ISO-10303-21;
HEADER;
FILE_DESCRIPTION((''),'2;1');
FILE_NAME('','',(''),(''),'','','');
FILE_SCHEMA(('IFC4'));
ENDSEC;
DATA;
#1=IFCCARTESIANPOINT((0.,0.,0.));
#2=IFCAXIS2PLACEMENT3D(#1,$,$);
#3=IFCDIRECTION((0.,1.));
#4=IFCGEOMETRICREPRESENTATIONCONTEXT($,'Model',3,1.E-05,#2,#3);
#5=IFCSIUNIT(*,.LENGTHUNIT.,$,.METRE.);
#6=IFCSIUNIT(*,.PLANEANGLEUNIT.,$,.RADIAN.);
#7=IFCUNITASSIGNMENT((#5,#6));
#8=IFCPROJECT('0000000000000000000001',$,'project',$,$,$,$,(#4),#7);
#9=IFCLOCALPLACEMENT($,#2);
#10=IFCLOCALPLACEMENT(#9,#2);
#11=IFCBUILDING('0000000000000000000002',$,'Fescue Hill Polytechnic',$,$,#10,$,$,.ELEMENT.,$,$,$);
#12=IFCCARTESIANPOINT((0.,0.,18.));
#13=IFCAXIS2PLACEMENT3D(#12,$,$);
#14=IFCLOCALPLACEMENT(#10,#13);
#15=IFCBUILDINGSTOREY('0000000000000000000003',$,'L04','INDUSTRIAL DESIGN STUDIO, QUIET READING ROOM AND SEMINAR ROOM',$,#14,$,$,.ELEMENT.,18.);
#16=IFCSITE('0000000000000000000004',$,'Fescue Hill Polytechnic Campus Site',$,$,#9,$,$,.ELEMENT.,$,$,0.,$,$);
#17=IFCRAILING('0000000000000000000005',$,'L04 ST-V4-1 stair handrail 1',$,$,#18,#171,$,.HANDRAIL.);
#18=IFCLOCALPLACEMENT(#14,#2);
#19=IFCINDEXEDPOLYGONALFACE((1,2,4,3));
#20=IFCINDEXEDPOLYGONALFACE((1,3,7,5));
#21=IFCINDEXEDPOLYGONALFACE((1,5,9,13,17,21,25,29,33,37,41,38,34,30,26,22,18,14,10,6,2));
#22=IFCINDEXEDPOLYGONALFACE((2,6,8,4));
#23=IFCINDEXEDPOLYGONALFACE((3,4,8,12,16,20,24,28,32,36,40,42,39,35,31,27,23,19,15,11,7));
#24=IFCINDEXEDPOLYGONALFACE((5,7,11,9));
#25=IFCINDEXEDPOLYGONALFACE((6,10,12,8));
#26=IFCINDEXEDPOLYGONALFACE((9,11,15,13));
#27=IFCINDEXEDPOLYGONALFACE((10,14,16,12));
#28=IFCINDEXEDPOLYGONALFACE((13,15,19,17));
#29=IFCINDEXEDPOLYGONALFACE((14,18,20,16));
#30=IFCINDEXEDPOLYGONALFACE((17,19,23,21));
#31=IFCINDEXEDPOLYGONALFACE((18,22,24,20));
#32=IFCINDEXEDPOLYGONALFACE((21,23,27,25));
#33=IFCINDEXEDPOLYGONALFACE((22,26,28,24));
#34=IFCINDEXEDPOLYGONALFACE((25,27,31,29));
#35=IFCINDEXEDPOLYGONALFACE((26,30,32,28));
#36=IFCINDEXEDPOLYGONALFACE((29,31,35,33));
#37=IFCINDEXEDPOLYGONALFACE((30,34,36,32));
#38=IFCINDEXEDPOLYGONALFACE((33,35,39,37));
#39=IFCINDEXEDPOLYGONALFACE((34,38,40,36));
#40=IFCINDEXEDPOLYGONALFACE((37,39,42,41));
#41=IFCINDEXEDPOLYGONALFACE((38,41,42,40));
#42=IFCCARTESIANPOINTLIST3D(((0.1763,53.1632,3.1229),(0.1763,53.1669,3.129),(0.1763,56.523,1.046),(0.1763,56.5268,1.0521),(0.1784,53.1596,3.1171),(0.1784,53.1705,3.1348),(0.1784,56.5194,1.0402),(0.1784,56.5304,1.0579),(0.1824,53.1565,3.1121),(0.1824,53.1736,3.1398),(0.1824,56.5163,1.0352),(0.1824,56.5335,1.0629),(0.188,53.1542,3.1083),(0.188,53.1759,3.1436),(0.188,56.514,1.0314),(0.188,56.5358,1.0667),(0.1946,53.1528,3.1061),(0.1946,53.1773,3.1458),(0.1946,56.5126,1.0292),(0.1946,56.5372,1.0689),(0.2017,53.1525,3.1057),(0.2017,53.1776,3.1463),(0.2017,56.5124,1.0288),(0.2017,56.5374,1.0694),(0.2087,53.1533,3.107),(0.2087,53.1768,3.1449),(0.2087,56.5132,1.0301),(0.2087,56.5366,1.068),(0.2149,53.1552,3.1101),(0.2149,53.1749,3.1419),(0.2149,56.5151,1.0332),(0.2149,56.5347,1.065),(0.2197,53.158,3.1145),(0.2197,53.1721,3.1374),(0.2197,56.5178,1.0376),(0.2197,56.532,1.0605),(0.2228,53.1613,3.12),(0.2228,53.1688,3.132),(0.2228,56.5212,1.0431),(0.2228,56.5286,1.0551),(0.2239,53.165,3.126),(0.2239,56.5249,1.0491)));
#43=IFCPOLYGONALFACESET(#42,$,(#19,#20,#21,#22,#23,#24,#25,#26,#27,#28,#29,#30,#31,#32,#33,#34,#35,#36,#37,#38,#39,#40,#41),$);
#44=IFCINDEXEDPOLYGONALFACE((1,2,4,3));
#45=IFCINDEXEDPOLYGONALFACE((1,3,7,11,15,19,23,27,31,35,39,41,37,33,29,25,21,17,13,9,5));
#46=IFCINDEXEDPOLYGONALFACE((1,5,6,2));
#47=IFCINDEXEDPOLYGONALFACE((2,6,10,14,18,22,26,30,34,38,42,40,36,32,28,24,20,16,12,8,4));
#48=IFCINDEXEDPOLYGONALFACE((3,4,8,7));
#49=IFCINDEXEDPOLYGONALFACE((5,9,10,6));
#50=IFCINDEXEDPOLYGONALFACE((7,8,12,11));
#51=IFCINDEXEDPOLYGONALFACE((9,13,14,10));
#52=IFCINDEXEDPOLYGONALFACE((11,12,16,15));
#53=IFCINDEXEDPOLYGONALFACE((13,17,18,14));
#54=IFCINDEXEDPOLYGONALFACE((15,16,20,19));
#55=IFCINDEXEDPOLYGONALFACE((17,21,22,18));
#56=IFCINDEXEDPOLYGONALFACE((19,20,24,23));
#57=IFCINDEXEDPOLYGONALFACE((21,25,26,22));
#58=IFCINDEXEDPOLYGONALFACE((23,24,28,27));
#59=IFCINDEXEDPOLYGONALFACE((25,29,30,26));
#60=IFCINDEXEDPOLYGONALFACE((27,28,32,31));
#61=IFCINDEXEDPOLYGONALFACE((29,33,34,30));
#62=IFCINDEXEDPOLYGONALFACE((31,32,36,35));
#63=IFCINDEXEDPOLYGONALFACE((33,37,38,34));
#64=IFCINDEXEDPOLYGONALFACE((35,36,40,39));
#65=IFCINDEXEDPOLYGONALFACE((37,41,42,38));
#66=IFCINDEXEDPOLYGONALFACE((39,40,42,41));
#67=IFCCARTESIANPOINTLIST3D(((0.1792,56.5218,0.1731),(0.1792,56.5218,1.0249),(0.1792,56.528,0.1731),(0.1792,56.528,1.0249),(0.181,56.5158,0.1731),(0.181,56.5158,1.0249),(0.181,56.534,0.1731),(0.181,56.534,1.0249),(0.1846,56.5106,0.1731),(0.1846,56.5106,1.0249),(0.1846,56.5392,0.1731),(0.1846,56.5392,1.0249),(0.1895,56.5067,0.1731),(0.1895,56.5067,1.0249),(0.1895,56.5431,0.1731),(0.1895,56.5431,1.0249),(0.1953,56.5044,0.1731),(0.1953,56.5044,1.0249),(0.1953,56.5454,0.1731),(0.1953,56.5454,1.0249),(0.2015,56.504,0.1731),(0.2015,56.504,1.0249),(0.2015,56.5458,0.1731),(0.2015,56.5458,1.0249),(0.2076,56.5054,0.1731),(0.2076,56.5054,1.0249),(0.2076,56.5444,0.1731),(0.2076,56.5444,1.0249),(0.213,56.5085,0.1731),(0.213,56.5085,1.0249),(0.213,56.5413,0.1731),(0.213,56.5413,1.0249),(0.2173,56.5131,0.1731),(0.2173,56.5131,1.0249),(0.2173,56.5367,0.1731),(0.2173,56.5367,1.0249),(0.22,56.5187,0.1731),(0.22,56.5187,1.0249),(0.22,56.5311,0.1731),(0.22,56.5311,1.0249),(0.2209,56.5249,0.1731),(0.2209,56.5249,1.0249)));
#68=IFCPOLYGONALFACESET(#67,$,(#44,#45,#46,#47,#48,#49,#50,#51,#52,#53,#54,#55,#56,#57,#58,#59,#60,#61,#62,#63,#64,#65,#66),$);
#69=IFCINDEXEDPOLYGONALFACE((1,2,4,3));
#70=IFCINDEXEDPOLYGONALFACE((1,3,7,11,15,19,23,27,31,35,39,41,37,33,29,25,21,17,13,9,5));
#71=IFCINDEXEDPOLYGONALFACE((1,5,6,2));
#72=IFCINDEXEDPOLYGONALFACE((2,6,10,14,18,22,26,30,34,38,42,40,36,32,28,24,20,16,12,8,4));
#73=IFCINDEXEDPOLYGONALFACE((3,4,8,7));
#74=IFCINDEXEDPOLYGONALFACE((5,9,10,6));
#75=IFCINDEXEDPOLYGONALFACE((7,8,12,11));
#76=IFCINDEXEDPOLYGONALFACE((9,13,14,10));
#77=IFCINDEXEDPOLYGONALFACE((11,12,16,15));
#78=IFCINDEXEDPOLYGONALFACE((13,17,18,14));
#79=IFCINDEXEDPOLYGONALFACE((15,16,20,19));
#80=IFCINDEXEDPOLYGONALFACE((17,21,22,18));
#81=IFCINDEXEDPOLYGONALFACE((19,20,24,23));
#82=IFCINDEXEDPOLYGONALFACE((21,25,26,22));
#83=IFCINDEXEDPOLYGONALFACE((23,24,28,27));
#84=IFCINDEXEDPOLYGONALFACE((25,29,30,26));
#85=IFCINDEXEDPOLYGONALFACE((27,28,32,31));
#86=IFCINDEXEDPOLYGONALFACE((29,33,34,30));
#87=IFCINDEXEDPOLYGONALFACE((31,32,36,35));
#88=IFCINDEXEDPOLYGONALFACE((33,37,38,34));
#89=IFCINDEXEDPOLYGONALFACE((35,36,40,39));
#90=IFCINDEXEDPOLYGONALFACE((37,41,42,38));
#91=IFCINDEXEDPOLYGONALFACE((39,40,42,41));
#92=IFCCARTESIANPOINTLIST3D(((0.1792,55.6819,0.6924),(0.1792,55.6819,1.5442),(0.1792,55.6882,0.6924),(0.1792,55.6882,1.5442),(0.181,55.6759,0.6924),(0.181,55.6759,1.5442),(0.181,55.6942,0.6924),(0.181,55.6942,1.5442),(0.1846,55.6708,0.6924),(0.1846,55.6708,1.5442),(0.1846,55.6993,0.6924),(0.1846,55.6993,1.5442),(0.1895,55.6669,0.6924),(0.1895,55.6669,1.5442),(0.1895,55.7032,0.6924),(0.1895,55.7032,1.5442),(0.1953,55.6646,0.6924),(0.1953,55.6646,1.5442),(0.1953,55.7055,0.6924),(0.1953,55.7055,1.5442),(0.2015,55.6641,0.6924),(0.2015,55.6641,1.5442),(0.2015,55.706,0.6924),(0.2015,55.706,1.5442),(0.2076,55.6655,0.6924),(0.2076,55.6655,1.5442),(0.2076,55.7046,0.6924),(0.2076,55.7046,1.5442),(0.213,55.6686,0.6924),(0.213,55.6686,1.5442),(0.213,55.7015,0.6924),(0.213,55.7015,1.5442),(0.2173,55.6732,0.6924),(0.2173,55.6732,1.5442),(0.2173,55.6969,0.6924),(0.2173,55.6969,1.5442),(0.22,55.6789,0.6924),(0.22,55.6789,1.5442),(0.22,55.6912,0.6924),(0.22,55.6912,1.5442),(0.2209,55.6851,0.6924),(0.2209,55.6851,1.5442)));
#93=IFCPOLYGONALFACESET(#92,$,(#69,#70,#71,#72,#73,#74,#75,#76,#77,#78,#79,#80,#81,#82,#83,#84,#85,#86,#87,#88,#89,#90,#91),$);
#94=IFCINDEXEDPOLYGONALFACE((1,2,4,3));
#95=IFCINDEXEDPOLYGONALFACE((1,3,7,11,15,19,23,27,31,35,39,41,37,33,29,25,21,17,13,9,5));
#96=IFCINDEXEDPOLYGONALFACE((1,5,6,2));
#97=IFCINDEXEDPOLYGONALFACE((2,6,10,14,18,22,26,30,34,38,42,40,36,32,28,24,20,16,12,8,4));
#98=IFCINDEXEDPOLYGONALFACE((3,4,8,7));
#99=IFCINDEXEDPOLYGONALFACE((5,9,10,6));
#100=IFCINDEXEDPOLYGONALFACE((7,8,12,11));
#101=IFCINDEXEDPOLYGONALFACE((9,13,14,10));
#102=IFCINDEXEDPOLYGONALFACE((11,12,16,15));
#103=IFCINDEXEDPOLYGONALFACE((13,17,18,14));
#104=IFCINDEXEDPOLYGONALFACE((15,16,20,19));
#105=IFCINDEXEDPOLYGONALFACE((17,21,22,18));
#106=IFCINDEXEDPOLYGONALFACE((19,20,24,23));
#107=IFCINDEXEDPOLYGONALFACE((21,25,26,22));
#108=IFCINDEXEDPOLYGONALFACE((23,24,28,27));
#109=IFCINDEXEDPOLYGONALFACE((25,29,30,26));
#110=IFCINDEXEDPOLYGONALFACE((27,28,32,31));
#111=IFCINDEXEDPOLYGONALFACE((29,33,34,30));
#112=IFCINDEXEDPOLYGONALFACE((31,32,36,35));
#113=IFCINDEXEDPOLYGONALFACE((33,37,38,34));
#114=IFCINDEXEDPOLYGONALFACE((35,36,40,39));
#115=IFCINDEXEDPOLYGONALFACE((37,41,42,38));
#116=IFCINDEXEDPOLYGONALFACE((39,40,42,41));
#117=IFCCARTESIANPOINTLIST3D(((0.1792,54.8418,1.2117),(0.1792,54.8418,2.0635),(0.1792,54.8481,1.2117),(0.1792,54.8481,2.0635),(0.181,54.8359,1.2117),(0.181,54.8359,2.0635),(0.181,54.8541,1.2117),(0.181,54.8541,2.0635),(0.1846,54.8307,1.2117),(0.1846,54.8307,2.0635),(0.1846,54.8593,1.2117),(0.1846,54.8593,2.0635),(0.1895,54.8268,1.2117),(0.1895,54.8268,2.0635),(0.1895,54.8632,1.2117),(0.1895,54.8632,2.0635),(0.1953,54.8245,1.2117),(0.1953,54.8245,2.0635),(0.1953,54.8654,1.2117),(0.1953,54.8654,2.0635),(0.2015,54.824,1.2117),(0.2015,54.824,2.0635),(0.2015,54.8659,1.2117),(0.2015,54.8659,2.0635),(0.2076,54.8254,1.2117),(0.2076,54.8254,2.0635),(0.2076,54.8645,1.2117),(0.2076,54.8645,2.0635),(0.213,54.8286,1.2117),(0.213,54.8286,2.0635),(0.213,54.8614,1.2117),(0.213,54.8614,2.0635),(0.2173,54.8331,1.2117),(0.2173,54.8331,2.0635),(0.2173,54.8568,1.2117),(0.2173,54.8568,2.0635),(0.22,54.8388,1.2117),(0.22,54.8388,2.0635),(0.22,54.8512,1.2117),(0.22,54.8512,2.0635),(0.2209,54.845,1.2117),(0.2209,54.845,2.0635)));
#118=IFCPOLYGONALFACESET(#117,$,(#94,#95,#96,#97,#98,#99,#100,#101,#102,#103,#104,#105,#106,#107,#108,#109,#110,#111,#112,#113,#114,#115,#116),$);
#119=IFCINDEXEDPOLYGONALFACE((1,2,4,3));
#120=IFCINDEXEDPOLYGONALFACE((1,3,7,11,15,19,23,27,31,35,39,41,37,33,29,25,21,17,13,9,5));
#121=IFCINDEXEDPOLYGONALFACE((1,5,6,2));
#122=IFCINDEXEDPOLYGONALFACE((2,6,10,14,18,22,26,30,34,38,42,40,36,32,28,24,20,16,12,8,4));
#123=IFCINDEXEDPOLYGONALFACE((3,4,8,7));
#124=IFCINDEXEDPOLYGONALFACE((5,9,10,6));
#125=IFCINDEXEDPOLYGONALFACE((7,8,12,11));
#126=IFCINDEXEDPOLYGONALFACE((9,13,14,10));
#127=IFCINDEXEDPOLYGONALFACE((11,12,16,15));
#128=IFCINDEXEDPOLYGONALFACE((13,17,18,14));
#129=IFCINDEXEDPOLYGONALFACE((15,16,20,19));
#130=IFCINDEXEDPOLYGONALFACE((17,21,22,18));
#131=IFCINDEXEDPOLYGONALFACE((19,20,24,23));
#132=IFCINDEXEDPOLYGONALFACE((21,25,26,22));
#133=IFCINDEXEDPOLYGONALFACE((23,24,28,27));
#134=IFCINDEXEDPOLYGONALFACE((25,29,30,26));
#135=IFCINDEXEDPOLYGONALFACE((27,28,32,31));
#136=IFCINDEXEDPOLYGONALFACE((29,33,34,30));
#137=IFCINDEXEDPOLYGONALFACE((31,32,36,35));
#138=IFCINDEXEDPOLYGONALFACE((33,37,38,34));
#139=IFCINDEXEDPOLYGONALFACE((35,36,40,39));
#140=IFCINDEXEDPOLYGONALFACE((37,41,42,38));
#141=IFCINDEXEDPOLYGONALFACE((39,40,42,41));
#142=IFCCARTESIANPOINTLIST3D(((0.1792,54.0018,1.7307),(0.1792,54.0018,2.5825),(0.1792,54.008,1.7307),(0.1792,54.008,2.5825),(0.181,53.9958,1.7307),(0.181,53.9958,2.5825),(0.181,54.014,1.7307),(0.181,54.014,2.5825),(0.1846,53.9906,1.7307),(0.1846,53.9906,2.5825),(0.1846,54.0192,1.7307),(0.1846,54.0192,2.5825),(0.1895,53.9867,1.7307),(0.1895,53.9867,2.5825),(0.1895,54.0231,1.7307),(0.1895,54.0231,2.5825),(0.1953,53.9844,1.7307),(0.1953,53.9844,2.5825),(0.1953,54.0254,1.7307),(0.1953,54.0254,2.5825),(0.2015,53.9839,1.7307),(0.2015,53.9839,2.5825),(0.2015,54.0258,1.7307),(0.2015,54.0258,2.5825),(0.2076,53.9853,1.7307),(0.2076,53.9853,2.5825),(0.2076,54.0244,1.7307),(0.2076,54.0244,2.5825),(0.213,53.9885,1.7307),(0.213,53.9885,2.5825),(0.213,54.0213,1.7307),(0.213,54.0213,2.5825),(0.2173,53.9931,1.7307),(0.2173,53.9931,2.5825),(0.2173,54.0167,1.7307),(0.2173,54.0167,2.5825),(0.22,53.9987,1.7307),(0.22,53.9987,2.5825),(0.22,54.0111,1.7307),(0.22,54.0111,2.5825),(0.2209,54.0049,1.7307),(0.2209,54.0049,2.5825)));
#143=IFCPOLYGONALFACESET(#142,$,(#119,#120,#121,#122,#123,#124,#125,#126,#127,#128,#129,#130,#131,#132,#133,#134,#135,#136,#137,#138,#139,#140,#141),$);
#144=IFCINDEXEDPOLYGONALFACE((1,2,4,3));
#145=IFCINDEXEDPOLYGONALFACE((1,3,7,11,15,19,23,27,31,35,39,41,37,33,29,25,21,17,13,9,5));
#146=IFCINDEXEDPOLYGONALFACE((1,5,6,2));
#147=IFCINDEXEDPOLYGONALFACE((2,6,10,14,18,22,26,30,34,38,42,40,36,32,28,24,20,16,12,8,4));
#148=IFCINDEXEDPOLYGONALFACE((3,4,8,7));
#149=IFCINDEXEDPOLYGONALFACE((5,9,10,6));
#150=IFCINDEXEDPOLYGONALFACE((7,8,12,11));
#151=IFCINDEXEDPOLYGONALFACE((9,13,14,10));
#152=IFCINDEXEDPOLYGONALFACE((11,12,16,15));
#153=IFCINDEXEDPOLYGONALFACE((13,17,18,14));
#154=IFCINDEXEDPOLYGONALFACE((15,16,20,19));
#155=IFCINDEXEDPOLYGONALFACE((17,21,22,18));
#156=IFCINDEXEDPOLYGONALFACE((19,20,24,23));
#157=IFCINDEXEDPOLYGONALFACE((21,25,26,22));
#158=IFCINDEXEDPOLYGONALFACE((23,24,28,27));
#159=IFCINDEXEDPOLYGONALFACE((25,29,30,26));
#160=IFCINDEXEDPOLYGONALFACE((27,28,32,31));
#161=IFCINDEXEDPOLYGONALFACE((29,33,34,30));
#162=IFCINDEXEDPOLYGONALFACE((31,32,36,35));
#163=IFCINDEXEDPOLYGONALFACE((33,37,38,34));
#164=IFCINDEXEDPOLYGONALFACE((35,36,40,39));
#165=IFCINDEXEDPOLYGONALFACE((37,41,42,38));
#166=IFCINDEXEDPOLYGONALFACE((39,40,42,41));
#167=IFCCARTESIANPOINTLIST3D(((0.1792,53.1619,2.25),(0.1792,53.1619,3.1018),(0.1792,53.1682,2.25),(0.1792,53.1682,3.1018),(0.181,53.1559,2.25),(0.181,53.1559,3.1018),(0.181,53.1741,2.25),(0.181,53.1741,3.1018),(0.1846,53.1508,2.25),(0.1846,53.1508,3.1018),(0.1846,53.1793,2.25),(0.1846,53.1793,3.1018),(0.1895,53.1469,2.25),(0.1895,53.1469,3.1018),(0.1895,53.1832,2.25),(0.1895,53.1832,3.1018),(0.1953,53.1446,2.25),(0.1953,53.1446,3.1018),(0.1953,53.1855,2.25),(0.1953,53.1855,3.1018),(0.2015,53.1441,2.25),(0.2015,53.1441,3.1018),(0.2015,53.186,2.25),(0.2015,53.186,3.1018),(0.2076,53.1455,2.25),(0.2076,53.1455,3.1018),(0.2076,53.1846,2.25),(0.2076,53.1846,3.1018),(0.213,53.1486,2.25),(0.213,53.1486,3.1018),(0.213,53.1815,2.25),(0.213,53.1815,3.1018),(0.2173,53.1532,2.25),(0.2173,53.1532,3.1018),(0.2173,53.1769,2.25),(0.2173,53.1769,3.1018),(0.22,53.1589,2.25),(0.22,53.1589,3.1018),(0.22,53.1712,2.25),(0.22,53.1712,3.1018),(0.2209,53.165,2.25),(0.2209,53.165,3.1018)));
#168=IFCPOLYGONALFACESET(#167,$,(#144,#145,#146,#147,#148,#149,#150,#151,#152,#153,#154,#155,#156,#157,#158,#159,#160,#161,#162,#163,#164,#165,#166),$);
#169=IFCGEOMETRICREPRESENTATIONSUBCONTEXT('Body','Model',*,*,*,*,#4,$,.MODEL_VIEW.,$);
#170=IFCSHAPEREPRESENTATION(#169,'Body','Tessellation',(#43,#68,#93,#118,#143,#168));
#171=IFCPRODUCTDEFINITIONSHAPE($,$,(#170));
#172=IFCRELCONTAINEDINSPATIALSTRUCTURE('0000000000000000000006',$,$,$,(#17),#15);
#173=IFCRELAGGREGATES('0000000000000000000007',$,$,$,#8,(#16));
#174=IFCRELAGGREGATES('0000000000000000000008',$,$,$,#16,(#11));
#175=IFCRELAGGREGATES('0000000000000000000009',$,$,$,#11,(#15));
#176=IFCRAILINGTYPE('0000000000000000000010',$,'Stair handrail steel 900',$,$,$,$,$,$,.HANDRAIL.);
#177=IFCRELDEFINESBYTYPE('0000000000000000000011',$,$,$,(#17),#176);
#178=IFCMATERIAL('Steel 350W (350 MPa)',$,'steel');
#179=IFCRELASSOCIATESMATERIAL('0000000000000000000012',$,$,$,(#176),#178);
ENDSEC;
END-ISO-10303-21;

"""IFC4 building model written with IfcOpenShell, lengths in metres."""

from ifc_helpers import new_model, si_unit, direction, frame, origin, origin_2d, place, context, subcontext, project, spatial, circle, extrude, material, type_object, element, save


model = new_model("IFC4")

# Units and contexts
model_context = context("Model", 3, precision=1e-05, world=origin(), true_north=direction((0.0, 1.0)))
body_context = subcontext(model_context, "Body", "Model", "MODEL_VIEW")
ifc_project = project(units=[si_unit("LENGTHUNIT", "METRE"), si_unit("PLANEANGLEUNIT", "RADIAN")], contexts=[model_context])

# Site, building, storey
site_placement = place(None, origin())
site = spatial("IfcSite", under=ifc_project, at=site_placement, Name="Fescue Hill Polytechnic Campus Site", CompositionType="ELEMENT", RefElevation=0.0)
building_placement = place(site_placement, origin())
building = spatial("IfcBuilding", under=site, at=building_placement, Name="Fescue Hill Polytechnic", CompositionType="ELEMENT")
storey_placement = place(building_placement, frame((0.0, 0.0, 18.0)))
storey = spatial("IfcBuildingStorey", under=building, at=storey_placement, Name="L04", Description="INDUSTRIAL DESIGN STUDIO, QUIET READING ROOM AND SEMINAR ROOM", CompositionType="ELEMENT", Elevation=18.0)

# Railing
ifc_material_1 = material(Name="Steel 350W (350 MPa)", Category="steel")
railing_type_1 = type_object("IfcRailingType", Name="Stair handrail steel 900", PredefinedType="HANDRAIL", material=ifc_material_1)
railing_1_placement = place(storey_placement, frame((0.2, 56.5249, 0.1731)))
element("IfcRailing", 1, at=railing_1_placement, inside=storey, type_object=railing_type_1, Name="L04 ST-V4-1 stair handrail 1", PredefinedType="HANDRAIL", context=body_context, shape_type="SweptSolid", body=[
    extrude(circle(Radius=0.0239, at=origin_2d()), frame((0.0, 0.0, 0.876), z_axis=(0.0, -0.850606, 0.525803), x_axis=(1.0, 0.0, 0.0)), (0.0, 0.0, 1.0), 3.95),
    extrude(circle(Radius=0.021, at=origin_2d()), origin(), (0.0, 0.0, 1.0), 0.8518),
    extrude(circle(Radius=0.021, at=origin_2d()), frame((0.0, -0.8398, 0.5193)), (0.0, 0.0, 1.0), 0.8518),
    extrude(circle(Radius=0.021, at=origin_2d()), frame((0.0, -1.6799, 1.0386)), (0.0, 0.0, 1.0), 0.8518),
    extrude(circle(Radius=0.021, at=origin_2d()), frame((0.0, -2.52, 1.5576)), (0.0, 0.0, 1.0), 0.8518),
    extrude(circle(Radius=0.021, at=origin_2d()), frame((0.0, -3.3599, 2.0769)), (0.0, 0.0, 1.0), 0.8518),
])

save(model, "model.ifc")
